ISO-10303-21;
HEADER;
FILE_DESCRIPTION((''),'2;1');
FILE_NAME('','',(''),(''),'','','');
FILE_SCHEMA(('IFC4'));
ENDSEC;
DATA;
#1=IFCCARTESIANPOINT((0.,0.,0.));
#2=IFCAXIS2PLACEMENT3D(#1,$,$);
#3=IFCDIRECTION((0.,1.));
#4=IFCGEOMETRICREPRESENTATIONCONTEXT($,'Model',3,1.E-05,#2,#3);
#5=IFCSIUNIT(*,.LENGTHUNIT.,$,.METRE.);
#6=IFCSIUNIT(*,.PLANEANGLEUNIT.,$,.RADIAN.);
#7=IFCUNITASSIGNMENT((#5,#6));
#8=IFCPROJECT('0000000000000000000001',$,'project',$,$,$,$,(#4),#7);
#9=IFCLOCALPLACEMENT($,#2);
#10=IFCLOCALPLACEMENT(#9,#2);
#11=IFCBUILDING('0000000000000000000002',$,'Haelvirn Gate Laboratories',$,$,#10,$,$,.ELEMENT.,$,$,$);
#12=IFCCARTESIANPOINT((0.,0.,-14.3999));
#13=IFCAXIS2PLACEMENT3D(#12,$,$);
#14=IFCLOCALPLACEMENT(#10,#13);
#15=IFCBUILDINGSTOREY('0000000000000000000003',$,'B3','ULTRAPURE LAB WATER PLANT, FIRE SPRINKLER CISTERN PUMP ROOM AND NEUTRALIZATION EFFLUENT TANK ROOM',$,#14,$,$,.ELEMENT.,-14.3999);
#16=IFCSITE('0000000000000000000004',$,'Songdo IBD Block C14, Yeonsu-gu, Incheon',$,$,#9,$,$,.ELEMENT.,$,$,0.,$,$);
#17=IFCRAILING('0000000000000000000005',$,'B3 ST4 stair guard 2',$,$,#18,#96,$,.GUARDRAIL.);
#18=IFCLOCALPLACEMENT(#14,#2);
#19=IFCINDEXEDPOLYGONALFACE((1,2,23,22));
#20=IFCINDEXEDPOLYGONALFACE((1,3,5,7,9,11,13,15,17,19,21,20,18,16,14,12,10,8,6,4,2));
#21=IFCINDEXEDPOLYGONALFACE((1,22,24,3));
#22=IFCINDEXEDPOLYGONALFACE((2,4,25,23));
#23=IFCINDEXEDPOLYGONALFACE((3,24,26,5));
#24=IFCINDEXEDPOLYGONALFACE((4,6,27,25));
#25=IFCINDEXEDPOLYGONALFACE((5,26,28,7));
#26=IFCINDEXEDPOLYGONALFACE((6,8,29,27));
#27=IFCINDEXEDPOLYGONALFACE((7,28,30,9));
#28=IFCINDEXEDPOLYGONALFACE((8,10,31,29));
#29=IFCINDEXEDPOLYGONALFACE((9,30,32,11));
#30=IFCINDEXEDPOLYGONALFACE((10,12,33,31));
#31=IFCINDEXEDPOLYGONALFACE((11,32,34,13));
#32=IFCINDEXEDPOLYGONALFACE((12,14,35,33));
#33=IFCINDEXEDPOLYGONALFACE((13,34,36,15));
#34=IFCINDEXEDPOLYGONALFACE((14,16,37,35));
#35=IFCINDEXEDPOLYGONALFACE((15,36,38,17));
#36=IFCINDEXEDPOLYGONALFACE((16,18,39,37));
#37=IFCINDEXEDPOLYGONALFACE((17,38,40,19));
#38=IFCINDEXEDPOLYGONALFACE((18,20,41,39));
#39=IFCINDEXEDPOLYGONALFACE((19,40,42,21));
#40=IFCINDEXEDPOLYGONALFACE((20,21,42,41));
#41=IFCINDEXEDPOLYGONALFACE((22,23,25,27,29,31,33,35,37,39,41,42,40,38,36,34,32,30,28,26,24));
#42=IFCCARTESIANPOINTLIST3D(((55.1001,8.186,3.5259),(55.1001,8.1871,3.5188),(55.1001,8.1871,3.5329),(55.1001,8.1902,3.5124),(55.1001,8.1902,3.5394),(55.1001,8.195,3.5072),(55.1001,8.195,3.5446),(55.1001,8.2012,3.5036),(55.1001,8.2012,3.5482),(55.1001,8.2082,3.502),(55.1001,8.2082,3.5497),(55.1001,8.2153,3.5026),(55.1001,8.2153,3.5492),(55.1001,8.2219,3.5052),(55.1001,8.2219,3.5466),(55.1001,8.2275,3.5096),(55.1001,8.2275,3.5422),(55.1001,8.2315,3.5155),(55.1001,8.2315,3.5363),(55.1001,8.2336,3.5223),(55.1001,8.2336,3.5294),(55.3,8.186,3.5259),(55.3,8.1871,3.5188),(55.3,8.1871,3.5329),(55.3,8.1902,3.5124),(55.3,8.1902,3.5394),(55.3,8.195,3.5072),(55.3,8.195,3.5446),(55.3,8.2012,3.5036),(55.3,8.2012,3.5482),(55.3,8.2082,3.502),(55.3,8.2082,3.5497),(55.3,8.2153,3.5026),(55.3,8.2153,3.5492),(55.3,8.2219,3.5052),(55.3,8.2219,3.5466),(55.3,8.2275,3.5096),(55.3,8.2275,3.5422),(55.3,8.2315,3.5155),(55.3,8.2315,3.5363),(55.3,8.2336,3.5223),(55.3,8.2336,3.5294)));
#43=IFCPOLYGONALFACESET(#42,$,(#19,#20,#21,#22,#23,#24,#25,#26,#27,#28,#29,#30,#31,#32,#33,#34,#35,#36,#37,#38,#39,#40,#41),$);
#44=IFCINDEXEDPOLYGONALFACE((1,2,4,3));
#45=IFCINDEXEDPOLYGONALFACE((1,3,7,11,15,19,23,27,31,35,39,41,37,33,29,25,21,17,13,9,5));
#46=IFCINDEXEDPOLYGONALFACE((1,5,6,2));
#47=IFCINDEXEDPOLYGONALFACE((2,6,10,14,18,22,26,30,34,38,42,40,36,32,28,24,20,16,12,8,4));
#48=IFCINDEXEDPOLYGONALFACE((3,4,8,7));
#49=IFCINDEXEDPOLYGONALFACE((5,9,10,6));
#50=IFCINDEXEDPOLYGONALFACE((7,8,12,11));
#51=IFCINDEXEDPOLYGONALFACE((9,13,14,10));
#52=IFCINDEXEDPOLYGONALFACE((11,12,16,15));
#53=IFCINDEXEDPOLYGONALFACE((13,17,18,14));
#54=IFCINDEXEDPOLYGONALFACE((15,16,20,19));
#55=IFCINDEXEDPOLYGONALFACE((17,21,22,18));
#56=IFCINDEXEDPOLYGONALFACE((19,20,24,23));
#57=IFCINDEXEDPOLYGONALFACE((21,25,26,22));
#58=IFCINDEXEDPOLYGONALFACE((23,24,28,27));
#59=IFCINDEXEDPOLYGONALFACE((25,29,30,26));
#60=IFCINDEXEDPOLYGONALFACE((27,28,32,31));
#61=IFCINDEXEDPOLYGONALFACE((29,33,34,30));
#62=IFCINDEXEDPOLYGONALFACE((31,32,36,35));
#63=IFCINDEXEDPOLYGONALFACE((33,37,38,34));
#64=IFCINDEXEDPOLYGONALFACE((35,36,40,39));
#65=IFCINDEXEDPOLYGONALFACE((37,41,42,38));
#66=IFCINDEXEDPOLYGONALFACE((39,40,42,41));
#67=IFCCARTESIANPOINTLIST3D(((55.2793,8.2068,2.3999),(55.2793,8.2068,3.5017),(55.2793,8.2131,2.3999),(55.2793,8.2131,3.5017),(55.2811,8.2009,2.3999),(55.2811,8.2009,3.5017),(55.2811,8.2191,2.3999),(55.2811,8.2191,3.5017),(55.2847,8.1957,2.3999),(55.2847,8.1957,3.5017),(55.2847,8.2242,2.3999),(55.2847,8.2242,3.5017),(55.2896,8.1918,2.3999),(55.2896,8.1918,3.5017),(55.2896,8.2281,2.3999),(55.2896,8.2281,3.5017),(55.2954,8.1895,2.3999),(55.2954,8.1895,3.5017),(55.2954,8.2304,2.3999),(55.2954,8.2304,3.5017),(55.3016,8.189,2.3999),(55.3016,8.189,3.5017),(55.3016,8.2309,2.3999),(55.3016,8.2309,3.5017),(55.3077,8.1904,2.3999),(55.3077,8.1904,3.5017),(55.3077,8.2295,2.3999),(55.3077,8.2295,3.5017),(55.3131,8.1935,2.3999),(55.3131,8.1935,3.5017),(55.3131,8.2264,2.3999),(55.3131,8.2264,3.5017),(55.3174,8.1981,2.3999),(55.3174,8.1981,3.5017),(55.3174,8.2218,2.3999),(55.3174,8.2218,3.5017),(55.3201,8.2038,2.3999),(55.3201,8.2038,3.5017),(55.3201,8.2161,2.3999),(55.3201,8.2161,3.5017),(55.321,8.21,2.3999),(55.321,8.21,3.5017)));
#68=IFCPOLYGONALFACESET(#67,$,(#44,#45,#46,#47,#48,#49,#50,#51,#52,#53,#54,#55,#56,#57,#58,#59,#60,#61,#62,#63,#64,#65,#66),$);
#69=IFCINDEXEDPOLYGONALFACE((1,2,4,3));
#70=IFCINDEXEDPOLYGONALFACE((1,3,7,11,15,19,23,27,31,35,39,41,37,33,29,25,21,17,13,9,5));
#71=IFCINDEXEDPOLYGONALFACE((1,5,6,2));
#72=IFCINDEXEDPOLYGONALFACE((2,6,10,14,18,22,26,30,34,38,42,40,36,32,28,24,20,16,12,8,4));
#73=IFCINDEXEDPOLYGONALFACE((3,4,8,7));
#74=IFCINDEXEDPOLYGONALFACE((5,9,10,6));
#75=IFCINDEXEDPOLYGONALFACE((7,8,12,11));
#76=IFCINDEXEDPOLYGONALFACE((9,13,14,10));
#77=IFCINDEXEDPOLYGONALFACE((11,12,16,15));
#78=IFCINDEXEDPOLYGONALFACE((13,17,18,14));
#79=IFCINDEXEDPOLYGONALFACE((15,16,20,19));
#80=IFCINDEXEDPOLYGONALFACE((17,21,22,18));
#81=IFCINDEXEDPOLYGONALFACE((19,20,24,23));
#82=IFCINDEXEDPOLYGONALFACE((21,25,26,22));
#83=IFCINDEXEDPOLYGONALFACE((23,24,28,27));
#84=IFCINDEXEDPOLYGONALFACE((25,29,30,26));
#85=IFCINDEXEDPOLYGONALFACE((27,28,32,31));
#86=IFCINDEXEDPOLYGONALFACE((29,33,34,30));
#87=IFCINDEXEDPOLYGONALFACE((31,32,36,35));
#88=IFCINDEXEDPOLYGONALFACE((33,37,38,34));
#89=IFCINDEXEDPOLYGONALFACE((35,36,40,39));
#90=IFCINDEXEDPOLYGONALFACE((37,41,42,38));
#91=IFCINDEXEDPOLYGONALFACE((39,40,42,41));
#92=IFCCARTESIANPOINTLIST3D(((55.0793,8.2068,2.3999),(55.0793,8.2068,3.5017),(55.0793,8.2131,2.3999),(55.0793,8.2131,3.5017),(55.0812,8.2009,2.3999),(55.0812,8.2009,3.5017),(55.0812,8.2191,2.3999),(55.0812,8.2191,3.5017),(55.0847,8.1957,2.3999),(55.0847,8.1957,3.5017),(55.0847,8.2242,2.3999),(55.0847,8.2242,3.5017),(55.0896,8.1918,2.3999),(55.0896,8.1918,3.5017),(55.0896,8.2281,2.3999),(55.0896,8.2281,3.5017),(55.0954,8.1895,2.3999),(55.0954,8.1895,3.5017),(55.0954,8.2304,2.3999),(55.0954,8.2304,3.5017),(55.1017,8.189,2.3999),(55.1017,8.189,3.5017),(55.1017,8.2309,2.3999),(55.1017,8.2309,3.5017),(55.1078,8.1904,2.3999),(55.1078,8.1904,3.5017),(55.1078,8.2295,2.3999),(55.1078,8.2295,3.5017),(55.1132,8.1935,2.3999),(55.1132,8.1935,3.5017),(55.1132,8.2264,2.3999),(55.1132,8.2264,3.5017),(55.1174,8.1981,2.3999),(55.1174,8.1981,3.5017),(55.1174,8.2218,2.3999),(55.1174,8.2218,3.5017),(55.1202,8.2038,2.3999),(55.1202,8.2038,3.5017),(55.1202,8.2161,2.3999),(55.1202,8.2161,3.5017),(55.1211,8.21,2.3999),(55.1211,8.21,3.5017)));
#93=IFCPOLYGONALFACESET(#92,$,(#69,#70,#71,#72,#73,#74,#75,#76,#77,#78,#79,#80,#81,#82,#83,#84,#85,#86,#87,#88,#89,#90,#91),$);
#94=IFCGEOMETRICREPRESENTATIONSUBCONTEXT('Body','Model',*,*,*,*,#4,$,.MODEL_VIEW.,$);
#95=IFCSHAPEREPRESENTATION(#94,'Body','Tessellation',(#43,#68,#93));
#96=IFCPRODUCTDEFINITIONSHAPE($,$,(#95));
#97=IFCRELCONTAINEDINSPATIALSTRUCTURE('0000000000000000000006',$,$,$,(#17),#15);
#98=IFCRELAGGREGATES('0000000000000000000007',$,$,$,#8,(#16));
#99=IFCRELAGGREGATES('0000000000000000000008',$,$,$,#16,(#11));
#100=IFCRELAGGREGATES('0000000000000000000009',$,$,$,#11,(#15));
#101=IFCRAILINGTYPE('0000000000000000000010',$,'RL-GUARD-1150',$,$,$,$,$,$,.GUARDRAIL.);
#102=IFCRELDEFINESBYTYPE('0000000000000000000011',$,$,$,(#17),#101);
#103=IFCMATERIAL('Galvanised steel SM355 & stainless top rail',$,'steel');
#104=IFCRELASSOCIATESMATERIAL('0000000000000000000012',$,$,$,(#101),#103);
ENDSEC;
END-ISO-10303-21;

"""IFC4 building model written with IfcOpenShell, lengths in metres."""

from ifc_helpers import new_model, si_unit, direction, frame, origin, origin_2d, place, context, subcontext, project, spatial, circle, extrude, source, transform, mapped, material, type_object, element, save


model = new_model("IFC4")

# Units and contexts
model_context = context("Model", 3, precision=1e-05, world=origin(), true_north=direction((0.0, 1.0)))
body_context = subcontext(model_context, "Body", "Model", "MODEL_VIEW")
ifc_project = project(units=[si_unit("LENGTHUNIT", "METRE"), si_unit("PLANEANGLEUNIT", "RADIAN")], contexts=[model_context])

# Site, building, storey
site_placement = place(None, origin())
site = spatial("IfcSite", under=ifc_project, at=site_placement, Name="Songdo IBD Block C14, Yeonsu-gu, Incheon", CompositionType="ELEMENT", RefElevation=0.0)
building_placement = place(site_placement, origin())
building = spatial("IfcBuilding", under=site, at=building_placement, Name="Haelvirn Gate Laboratories", CompositionType="ELEMENT")
storey_placement = place(building_placement, frame((0.0, 0.0, -14.3999)))
storey = spatial("IfcBuildingStorey", under=building, at=storey_placement, Name="B3", Description="ULTRAPURE LAB WATER PLANT, FIRE SPRINKLER CISTERN PUMP ROOM AND NEUTRALIZATION EFFLUENT TANK ROOM", CompositionType="ELEMENT", Elevation=-14.3999)

# Railing
ifc_material_1 = material(Name="Galvanised steel SM355 & stainless top rail", Category="steel")
railing_type_1 = type_object("IfcRailingType", Name="RL-GUARD-1150", PredefinedType="GUARDRAIL", material=ifc_material_1)
shared_shape_1 = source(origin(), body_context, "Body", "SweptSolid", [
    extrude(circle(Radius=0.0239, at=origin_2d()), frame((0.0, 0.0, 1.126), z_axis=(-1.0, 0.0, 0.0), x_axis=(0.0, -1.0, 0.0)), (0.0, 0.0, 1.0), 0.2),
    extrude(circle(Radius=0.021, at=origin_2d()), origin(), (0.0, 0.0, 1.0), 1.1018),
    extrude(circle(Radius=0.021, at=origin_2d()), frame((-0.2, 0.0, 0.0)), (0.0, 0.0, 1.0), 1.1018),
])
railing_1_placement = place(storey_placement, frame((55.3, 8.21, 2.3999)))
element("IfcRailing", 1, at=railing_1_placement, inside=storey, type_object=railing_type_1, Name="B3 ST4 stair guard 2", PredefinedType="GUARDRAIL", context=body_context, shape_type="MappedRepresentation", body=[
    mapped(shared_shape_1, transform((0.0, 0.0, 0.0), scale=1.0)),
])

save(model, "model.ifc")
